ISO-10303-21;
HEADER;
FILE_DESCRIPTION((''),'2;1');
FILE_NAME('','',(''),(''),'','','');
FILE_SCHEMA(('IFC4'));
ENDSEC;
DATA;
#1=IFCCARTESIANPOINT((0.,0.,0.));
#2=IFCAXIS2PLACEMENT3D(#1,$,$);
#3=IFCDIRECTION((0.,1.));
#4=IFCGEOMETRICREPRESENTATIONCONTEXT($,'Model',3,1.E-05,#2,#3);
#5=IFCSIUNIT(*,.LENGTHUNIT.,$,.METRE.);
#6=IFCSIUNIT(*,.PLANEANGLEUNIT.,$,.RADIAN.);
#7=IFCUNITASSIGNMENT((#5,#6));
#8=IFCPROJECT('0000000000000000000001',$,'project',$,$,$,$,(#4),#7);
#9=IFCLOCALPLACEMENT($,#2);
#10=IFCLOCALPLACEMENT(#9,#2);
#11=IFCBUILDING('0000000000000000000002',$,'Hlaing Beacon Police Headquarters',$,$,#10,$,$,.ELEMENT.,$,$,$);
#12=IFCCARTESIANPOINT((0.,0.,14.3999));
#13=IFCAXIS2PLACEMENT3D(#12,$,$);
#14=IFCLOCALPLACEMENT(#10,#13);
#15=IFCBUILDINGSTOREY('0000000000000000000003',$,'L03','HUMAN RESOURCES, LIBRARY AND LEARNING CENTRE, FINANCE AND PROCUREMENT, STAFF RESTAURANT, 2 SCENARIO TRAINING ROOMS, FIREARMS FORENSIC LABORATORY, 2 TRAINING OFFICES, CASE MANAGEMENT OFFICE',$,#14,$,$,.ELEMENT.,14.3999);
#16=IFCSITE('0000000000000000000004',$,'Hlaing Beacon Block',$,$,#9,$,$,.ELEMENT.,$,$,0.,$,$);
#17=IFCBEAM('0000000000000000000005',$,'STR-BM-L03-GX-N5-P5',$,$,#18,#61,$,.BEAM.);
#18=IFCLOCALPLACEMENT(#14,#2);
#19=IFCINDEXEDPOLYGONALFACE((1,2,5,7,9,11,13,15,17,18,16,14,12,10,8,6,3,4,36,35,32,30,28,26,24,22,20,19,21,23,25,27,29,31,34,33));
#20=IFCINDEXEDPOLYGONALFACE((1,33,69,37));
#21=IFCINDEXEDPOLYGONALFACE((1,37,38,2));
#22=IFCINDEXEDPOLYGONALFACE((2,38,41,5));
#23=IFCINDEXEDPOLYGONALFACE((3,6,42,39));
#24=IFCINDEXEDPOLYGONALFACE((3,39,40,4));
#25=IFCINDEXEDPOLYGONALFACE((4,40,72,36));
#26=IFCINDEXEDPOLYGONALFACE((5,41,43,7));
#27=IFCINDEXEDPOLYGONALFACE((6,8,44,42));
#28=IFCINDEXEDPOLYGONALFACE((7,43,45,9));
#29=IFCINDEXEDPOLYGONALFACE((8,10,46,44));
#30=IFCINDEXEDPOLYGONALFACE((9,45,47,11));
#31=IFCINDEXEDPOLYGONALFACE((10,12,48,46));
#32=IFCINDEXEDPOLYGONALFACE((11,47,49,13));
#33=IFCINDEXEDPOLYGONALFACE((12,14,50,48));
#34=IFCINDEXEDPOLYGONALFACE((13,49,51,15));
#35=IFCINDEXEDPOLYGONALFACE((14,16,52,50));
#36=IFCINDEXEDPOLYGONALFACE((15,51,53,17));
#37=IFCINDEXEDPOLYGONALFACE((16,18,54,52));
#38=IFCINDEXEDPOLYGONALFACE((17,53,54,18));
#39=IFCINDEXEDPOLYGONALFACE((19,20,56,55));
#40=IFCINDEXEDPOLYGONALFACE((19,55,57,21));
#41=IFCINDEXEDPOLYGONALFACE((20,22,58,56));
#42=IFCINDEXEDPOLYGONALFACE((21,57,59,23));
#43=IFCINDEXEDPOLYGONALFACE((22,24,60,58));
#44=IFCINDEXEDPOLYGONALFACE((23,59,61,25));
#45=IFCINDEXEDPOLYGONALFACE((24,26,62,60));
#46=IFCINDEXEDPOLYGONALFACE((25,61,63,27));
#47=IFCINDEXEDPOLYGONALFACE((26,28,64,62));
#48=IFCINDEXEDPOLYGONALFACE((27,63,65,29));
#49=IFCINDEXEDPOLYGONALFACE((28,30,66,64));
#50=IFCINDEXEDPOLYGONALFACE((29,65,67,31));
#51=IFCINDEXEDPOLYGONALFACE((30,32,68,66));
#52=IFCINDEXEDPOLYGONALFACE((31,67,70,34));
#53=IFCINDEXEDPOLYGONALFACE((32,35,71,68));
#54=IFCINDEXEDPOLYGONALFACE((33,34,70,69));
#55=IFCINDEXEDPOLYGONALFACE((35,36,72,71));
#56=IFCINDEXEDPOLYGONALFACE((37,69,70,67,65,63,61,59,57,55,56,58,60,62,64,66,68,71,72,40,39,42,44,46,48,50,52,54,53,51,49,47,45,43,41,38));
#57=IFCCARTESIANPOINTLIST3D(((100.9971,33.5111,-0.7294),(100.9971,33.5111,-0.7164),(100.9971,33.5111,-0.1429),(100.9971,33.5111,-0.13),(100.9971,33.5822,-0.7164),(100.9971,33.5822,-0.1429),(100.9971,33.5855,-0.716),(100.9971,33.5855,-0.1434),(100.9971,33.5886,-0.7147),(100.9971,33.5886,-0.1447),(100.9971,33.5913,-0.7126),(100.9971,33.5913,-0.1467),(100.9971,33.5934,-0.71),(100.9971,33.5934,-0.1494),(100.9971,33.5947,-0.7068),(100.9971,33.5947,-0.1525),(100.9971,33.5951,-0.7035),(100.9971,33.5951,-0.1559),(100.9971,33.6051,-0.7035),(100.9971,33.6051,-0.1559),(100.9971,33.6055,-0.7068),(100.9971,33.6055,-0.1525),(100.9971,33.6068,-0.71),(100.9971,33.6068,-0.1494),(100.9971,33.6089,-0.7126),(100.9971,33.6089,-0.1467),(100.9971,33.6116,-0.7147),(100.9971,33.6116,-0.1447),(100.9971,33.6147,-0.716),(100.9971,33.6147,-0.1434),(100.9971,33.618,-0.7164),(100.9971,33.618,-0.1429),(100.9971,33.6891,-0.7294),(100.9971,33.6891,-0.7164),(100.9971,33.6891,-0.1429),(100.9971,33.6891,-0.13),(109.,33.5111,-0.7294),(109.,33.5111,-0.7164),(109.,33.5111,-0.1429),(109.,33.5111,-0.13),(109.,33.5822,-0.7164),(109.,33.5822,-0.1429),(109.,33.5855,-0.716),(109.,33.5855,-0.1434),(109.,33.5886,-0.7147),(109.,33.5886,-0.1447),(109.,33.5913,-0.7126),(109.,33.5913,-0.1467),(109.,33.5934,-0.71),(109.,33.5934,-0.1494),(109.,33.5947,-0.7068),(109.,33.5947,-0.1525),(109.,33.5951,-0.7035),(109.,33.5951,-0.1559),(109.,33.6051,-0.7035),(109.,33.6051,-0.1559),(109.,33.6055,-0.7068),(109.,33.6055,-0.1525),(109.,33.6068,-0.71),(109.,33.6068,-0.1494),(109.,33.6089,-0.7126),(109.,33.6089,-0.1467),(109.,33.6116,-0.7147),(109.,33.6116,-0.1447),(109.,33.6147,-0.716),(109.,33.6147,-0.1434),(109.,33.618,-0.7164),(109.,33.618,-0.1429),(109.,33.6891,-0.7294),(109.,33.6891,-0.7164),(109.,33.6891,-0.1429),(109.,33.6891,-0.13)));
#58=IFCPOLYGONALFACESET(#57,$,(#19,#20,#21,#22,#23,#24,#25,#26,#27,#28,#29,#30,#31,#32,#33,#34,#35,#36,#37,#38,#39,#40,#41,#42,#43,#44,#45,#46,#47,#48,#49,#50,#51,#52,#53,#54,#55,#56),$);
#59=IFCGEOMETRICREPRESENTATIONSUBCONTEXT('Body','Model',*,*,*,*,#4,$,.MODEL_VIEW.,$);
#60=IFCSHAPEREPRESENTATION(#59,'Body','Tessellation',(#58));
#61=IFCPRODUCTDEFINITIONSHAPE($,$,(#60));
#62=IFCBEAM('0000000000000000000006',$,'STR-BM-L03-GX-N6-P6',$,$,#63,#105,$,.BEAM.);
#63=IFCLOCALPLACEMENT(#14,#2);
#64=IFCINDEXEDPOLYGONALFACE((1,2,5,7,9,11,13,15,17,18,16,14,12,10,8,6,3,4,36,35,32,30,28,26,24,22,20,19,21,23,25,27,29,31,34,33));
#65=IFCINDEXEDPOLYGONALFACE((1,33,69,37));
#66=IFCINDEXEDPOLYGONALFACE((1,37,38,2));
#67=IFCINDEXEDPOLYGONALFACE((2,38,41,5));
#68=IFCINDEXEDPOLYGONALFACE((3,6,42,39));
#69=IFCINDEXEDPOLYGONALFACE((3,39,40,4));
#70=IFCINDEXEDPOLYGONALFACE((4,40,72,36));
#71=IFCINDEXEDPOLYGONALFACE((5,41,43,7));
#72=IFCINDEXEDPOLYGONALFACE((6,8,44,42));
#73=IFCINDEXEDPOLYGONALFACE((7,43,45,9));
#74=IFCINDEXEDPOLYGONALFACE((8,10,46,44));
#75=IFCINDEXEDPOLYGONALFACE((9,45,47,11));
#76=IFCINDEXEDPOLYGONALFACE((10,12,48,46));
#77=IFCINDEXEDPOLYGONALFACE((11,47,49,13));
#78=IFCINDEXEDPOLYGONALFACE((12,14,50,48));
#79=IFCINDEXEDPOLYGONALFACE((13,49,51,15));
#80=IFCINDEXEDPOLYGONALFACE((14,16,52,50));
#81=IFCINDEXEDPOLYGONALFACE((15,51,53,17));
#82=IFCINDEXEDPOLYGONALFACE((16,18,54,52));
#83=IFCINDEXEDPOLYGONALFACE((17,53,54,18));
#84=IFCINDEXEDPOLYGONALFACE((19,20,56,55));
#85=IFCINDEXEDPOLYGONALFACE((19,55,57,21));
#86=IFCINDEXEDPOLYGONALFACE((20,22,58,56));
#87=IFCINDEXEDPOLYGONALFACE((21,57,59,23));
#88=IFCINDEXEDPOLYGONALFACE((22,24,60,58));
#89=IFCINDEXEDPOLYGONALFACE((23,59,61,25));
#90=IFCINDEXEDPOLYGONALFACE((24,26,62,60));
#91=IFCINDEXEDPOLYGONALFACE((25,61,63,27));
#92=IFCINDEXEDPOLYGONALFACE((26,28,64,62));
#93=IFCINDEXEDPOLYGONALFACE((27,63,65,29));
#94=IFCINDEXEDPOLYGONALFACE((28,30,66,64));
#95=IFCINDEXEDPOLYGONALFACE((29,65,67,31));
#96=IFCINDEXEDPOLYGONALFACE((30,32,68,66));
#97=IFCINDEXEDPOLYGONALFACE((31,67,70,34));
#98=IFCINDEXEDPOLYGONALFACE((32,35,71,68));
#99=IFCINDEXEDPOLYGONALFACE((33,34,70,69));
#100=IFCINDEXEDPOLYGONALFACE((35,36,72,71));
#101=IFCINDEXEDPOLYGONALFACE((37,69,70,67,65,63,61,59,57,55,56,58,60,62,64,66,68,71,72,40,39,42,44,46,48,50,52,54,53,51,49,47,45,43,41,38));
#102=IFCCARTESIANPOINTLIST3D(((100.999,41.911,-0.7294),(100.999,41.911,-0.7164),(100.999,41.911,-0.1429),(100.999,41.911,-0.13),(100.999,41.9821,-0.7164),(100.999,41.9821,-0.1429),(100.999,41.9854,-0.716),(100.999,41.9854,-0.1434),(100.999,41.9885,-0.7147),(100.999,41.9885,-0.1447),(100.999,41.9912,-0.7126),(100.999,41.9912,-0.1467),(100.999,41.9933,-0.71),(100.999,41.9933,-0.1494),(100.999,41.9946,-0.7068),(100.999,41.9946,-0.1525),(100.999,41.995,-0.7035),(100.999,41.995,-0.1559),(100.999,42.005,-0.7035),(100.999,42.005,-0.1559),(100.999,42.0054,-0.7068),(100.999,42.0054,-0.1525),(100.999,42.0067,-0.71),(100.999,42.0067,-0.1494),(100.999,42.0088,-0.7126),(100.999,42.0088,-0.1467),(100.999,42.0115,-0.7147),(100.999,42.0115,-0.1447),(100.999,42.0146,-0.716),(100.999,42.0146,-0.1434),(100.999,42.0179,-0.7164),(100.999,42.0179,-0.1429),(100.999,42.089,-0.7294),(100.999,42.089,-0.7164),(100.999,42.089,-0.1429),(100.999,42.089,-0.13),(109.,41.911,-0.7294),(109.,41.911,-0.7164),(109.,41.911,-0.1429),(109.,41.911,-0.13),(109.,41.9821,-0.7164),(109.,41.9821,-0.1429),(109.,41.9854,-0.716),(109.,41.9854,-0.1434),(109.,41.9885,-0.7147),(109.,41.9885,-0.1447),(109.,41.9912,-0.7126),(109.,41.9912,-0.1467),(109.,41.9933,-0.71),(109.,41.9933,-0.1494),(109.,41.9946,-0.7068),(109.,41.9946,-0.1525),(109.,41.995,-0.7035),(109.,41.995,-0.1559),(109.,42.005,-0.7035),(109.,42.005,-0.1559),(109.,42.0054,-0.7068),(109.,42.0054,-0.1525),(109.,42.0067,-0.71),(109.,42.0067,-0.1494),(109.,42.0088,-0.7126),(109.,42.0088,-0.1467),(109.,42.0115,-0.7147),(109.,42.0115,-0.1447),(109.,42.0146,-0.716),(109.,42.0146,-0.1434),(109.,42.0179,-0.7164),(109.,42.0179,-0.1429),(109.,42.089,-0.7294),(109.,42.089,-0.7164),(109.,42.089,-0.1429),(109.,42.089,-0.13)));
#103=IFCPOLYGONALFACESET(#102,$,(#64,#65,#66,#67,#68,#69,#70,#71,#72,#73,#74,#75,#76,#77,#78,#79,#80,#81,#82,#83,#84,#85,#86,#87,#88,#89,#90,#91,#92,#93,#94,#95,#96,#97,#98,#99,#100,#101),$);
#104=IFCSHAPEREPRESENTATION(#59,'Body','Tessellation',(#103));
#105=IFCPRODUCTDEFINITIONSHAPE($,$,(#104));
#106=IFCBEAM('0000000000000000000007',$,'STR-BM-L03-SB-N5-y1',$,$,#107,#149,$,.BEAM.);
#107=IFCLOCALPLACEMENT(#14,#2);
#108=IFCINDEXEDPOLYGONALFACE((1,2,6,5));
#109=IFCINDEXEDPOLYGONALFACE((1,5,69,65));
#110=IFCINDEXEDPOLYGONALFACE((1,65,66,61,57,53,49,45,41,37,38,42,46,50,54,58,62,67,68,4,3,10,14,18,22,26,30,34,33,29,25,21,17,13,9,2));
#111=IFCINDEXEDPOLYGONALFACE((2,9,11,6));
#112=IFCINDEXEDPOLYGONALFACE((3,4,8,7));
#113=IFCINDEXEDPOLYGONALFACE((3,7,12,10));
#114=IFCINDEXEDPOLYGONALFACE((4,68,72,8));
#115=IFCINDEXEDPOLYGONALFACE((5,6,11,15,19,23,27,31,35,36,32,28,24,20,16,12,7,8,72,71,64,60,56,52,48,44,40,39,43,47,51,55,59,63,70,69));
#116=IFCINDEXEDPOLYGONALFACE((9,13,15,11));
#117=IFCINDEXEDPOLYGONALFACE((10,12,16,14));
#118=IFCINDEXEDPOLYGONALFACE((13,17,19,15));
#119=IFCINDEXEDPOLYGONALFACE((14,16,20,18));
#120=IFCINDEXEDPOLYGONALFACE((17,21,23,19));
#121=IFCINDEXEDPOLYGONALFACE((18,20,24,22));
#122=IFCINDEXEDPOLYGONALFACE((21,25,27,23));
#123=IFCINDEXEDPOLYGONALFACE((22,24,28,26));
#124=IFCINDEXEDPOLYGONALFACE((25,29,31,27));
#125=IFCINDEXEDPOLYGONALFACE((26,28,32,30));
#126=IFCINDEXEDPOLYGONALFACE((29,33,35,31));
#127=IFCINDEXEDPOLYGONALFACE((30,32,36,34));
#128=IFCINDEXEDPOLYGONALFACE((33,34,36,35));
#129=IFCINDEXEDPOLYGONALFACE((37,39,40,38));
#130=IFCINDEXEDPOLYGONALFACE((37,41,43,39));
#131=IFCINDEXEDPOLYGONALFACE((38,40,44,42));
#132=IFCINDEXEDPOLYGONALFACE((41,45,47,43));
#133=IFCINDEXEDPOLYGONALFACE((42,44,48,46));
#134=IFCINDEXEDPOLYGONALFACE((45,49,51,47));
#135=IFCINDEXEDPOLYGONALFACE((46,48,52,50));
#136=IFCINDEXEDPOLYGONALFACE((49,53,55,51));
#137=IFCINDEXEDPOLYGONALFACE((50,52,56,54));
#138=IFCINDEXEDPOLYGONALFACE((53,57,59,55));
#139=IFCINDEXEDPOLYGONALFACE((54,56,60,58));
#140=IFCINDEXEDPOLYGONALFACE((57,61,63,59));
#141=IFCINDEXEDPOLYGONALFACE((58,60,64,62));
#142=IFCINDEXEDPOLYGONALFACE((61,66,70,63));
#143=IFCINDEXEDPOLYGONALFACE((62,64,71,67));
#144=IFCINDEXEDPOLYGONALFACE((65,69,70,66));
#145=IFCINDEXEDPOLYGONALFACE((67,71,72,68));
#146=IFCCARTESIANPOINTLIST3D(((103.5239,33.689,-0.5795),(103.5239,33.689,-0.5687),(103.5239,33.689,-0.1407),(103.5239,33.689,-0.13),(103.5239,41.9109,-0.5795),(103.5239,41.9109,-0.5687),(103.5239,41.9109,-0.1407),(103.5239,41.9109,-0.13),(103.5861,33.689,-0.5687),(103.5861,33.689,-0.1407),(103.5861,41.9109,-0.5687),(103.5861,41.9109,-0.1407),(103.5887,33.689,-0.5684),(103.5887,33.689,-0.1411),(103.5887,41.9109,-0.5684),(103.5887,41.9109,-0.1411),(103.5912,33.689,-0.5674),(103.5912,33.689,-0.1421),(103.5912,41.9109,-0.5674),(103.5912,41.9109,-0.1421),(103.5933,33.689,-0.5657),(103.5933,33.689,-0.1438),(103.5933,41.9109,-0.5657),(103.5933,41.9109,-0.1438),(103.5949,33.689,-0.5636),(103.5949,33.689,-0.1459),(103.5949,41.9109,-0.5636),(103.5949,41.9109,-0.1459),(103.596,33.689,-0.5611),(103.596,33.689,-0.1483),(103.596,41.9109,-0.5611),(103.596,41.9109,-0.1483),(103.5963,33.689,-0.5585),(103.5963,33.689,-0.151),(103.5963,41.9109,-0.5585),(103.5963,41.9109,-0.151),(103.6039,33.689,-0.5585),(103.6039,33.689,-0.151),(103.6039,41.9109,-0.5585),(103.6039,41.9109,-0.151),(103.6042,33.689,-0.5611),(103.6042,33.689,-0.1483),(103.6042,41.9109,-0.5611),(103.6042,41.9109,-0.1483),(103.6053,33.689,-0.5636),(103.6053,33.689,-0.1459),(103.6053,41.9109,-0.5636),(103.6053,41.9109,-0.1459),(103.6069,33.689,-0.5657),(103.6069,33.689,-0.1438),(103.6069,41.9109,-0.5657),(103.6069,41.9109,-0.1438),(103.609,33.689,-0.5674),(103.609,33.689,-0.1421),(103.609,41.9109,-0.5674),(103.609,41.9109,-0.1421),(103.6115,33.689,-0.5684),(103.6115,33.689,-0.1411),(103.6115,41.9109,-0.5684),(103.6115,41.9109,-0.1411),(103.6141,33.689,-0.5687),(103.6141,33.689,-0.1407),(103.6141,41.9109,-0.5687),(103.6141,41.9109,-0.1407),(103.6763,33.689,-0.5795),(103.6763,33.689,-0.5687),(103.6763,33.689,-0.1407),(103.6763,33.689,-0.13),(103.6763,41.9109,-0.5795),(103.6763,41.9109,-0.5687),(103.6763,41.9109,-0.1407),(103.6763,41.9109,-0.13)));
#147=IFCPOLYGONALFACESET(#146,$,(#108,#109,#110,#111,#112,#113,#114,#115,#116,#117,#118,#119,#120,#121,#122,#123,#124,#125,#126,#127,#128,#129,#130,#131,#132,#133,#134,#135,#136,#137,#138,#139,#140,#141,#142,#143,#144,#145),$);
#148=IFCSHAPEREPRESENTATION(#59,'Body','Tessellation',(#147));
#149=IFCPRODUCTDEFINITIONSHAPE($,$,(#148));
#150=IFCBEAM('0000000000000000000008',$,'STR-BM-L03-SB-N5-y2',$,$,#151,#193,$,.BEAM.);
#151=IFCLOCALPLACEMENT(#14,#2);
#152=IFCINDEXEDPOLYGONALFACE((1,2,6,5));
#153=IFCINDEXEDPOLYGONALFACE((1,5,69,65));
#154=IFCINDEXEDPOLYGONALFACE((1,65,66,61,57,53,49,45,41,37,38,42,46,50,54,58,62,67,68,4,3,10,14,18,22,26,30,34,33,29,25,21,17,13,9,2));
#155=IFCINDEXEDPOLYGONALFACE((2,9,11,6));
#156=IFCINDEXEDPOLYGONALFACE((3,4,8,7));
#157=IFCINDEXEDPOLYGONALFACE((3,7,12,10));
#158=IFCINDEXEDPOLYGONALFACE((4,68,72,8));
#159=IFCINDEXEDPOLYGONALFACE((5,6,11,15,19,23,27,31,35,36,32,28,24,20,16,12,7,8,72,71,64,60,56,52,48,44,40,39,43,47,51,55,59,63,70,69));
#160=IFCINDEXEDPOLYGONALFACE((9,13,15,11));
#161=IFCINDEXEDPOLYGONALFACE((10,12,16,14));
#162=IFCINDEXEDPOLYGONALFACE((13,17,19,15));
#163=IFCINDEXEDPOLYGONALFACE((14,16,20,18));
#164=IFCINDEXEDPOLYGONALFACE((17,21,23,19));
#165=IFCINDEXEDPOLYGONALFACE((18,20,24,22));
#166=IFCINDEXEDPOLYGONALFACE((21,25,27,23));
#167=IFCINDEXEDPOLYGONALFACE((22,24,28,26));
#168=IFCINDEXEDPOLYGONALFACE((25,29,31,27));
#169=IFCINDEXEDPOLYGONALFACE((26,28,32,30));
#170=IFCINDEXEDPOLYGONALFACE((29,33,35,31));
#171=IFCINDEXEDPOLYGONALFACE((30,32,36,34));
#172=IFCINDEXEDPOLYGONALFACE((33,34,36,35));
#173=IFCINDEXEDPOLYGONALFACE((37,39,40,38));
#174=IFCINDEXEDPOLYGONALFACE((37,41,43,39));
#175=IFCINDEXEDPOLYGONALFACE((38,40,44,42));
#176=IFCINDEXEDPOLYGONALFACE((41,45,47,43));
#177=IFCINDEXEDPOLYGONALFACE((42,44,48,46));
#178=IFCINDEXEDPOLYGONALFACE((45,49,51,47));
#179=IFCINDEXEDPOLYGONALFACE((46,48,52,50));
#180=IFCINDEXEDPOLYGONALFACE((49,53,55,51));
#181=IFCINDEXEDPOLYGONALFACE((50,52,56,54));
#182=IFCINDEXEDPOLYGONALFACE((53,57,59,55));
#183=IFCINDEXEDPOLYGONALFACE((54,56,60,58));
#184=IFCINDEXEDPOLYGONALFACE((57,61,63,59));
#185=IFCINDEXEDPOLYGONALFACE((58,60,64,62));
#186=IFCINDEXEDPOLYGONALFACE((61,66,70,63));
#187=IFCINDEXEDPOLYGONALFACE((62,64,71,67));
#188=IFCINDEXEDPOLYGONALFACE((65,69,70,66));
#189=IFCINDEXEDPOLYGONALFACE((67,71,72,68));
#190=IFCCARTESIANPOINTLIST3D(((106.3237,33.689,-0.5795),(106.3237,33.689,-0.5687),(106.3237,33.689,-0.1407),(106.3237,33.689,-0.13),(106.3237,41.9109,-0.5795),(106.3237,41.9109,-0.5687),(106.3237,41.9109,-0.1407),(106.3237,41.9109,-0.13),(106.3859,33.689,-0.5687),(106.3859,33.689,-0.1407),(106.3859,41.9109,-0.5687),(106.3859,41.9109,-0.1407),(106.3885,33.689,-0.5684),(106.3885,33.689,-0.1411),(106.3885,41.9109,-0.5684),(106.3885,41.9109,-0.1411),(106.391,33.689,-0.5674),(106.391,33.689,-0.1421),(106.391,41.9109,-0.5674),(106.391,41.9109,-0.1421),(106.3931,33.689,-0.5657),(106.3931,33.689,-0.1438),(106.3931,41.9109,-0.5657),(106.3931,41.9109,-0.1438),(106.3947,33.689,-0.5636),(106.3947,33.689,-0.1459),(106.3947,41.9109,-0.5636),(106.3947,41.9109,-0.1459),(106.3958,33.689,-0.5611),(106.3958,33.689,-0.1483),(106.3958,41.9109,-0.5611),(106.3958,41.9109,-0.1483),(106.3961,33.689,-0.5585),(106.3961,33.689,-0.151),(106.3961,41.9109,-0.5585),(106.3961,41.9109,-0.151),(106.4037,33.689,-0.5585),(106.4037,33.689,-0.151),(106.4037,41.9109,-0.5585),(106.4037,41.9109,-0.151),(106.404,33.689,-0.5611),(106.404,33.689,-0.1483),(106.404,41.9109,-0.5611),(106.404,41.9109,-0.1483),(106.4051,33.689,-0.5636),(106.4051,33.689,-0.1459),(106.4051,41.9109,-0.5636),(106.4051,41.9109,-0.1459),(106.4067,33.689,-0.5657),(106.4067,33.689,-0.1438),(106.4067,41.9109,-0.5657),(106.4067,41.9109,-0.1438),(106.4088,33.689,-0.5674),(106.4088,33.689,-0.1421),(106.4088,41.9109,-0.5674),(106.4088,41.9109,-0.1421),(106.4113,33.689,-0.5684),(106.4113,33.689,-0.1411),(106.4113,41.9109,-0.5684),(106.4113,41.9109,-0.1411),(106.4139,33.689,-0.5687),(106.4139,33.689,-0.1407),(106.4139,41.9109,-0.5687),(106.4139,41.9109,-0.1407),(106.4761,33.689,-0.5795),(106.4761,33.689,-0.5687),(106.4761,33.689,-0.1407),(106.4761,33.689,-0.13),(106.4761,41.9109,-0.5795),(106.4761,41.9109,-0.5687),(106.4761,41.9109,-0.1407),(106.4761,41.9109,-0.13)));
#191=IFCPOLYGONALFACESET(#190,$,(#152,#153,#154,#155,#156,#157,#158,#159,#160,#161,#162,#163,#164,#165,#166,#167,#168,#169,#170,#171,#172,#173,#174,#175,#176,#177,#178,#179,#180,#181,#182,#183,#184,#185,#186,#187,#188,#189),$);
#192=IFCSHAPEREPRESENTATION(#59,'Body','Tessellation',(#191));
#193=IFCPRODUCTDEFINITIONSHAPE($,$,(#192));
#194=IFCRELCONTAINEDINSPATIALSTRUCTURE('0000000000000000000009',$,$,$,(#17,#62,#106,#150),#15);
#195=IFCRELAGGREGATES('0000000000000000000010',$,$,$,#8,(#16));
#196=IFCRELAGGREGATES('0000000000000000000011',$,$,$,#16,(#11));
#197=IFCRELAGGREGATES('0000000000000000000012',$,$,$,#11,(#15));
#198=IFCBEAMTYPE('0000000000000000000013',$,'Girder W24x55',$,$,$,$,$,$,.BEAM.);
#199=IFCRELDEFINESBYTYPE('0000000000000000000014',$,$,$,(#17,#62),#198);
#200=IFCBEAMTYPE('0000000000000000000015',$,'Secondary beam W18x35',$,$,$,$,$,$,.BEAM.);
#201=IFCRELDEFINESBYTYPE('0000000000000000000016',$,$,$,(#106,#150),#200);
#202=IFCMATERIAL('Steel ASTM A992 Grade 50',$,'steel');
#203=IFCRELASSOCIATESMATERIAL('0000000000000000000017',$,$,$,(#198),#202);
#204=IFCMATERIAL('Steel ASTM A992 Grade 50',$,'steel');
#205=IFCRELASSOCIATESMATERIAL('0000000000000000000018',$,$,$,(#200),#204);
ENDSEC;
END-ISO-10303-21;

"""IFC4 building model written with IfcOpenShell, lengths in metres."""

from ifc_helpers import new_model, si_unit, direction, frame, origin, origin_2d, place, context, subcontext, project, spatial, i_section, extrude, material, material_profile, profile_set, type_object, element, save


model = new_model("IFC4")

# Units and contexts
model_context = context("Model", 3, precision=1e-05, world=origin(), true_north=direction((0.0, 1.0)))
body_context = subcontext(model_context, "Body", "Model", "MODEL_VIEW")
ifc_project = project(units=[si_unit("LENGTHUNIT", "METRE"), si_unit("PLANEANGLEUNIT", "RADIAN")], contexts=[model_context])

# Site, building, storey
site_placement = place(None, origin())
site = spatial("IfcSite", under=ifc_project, at=site_placement, Name="Hlaing Beacon Block", CompositionType="ELEMENT", RefElevation=0.0)
building_placement = place(site_placement, origin())
building = spatial("IfcBuilding", under=site, at=building_placement, Name="Hlaing Beacon Police Headquarters", CompositionType="ELEMENT")
storey_placement = place(building_placement, frame((0.0, 0.0, 14.3999)))
storey = spatial("IfcBuildingStorey", under=building, at=storey_placement, Name="L03", Description="HUMAN RESOURCES, LIBRARY AND LEARNING CENTRE, FINANCE AND PROCUREMENT, STAFF RESTAURANT, 2 SCENARIO TRAINING ROOMS, FIREARMS FORENSIC LABORATORY, 2 TRAINING OFFICES, CASE MANAGEMENT OFFICE", CompositionType="ELEMENT", Elevation=14.3999)

# Beams
ifc_material_1 = material(Name="Steel ASTM A992 Grade 50", Category="steel")
ifc_material_profile_1 = material_profile(ifc_material_1, i_section(OverallWidth=0.178, OverallDepth=0.5994, WebThickness=0.01, FlangeThickness=0.0129, FilletRadius=0.0129, at=origin_2d()), Name="W24x55")
ifc_profile_set_1 = profile_set([ifc_material_profile_1], Name="Steel ASTM A992 Grade 50")
beam_type_1 = type_object("IfcBeamType", Name="Girder W24x55", PredefinedType="BEAM", material=ifc_profile_set_1)
beam_1_placement = place(storey_placement, frame((100.9971, 33.6001, -0.4297), z_axis=(1.0, 0.0, 0.0), x_axis=(0.0, 1.0, 0.0)))
element("IfcBeam", 1, at=beam_1_placement, inside=storey, type_object=beam_type_1, Name="STR-BM-L03-GX-N5-P5", PredefinedType="BEAM", context=body_context, shape_type="SweptSolid", body=[
    extrude(i_section(OverallWidth=0.178, OverallDepth=0.5994, WebThickness=0.01, FlangeThickness=0.0129, FilletRadius=0.0129, at=origin_2d()), origin(), (0.0, 0.0, 1.0), 8.0029),
])
beam_2_placement = place(storey_placement, frame((100.999, 42.0, -0.4297), z_axis=(1.0, 0.0, 0.0), x_axis=(0.0, 1.0, 0.0)))
element("IfcBeam", 2, at=beam_2_placement, inside=storey, type_object=beam_type_1, Name="STR-BM-L03-GX-N6-P6", PredefinedType="BEAM", context=body_context, shape_type="SweptSolid", body=[
    extrude(i_section(OverallWidth=0.178, OverallDepth=0.5994, WebThickness=0.01, FlangeThickness=0.0129, FilletRadius=0.0129, at=origin_2d()), origin(), (0.0, 0.0, 1.0), 8.001),
])
ifc_material_2 = material(Name="Steel ASTM A992 Grade 50", Category="steel")
ifc_material_profile_2 = material_profile(ifc_material_2, i_section(OverallWidth=0.1523, OverallDepth=0.4495, WebThickness=0.0076, FlangeThickness=0.0107, FilletRadius=0.0103, at=origin_2d()), Name="W18x35")
ifc_profile_set_2 = profile_set([ifc_material_profile_2], Name="Steel ASTM A992 Grade 50")
beam_type_2 = type_object("IfcBeamType", Name="Secondary beam W18x35", PredefinedType="BEAM", material=ifc_profile_set_2)
for number, where, z_axis, x_axis, name in (
    (3, (103.6001, 33.689, -0.3547), (0.0, 1.0, 0.0), (-1.0, 0.0, 0.0), "STR-BM-L03-SB-N5-y1"),
    (4, (106.3999, 33.689, -0.3547), (0.0, 1.0, 0.0), (-1.0, 0.0, 0.0), "STR-BM-L03-SB-N5-y2"),
):
    element("IfcBeam", number, at=place(storey_placement, frame(where, z_axis=z_axis, x_axis=x_axis)), inside=storey, type_object=beam_type_2, Name=name, PredefinedType="BEAM", context=body_context, shape_type="SweptSolid", body=[
        extrude(i_section(OverallWidth=0.1523, OverallDepth=0.4495, WebThickness=0.0076, FlangeThickness=0.0107, FilletRadius=0.0103, at=origin_2d()), origin(), (0.0, 0.0, 1.0), 8.2219),
    ])

save(model, "model.ifc")
